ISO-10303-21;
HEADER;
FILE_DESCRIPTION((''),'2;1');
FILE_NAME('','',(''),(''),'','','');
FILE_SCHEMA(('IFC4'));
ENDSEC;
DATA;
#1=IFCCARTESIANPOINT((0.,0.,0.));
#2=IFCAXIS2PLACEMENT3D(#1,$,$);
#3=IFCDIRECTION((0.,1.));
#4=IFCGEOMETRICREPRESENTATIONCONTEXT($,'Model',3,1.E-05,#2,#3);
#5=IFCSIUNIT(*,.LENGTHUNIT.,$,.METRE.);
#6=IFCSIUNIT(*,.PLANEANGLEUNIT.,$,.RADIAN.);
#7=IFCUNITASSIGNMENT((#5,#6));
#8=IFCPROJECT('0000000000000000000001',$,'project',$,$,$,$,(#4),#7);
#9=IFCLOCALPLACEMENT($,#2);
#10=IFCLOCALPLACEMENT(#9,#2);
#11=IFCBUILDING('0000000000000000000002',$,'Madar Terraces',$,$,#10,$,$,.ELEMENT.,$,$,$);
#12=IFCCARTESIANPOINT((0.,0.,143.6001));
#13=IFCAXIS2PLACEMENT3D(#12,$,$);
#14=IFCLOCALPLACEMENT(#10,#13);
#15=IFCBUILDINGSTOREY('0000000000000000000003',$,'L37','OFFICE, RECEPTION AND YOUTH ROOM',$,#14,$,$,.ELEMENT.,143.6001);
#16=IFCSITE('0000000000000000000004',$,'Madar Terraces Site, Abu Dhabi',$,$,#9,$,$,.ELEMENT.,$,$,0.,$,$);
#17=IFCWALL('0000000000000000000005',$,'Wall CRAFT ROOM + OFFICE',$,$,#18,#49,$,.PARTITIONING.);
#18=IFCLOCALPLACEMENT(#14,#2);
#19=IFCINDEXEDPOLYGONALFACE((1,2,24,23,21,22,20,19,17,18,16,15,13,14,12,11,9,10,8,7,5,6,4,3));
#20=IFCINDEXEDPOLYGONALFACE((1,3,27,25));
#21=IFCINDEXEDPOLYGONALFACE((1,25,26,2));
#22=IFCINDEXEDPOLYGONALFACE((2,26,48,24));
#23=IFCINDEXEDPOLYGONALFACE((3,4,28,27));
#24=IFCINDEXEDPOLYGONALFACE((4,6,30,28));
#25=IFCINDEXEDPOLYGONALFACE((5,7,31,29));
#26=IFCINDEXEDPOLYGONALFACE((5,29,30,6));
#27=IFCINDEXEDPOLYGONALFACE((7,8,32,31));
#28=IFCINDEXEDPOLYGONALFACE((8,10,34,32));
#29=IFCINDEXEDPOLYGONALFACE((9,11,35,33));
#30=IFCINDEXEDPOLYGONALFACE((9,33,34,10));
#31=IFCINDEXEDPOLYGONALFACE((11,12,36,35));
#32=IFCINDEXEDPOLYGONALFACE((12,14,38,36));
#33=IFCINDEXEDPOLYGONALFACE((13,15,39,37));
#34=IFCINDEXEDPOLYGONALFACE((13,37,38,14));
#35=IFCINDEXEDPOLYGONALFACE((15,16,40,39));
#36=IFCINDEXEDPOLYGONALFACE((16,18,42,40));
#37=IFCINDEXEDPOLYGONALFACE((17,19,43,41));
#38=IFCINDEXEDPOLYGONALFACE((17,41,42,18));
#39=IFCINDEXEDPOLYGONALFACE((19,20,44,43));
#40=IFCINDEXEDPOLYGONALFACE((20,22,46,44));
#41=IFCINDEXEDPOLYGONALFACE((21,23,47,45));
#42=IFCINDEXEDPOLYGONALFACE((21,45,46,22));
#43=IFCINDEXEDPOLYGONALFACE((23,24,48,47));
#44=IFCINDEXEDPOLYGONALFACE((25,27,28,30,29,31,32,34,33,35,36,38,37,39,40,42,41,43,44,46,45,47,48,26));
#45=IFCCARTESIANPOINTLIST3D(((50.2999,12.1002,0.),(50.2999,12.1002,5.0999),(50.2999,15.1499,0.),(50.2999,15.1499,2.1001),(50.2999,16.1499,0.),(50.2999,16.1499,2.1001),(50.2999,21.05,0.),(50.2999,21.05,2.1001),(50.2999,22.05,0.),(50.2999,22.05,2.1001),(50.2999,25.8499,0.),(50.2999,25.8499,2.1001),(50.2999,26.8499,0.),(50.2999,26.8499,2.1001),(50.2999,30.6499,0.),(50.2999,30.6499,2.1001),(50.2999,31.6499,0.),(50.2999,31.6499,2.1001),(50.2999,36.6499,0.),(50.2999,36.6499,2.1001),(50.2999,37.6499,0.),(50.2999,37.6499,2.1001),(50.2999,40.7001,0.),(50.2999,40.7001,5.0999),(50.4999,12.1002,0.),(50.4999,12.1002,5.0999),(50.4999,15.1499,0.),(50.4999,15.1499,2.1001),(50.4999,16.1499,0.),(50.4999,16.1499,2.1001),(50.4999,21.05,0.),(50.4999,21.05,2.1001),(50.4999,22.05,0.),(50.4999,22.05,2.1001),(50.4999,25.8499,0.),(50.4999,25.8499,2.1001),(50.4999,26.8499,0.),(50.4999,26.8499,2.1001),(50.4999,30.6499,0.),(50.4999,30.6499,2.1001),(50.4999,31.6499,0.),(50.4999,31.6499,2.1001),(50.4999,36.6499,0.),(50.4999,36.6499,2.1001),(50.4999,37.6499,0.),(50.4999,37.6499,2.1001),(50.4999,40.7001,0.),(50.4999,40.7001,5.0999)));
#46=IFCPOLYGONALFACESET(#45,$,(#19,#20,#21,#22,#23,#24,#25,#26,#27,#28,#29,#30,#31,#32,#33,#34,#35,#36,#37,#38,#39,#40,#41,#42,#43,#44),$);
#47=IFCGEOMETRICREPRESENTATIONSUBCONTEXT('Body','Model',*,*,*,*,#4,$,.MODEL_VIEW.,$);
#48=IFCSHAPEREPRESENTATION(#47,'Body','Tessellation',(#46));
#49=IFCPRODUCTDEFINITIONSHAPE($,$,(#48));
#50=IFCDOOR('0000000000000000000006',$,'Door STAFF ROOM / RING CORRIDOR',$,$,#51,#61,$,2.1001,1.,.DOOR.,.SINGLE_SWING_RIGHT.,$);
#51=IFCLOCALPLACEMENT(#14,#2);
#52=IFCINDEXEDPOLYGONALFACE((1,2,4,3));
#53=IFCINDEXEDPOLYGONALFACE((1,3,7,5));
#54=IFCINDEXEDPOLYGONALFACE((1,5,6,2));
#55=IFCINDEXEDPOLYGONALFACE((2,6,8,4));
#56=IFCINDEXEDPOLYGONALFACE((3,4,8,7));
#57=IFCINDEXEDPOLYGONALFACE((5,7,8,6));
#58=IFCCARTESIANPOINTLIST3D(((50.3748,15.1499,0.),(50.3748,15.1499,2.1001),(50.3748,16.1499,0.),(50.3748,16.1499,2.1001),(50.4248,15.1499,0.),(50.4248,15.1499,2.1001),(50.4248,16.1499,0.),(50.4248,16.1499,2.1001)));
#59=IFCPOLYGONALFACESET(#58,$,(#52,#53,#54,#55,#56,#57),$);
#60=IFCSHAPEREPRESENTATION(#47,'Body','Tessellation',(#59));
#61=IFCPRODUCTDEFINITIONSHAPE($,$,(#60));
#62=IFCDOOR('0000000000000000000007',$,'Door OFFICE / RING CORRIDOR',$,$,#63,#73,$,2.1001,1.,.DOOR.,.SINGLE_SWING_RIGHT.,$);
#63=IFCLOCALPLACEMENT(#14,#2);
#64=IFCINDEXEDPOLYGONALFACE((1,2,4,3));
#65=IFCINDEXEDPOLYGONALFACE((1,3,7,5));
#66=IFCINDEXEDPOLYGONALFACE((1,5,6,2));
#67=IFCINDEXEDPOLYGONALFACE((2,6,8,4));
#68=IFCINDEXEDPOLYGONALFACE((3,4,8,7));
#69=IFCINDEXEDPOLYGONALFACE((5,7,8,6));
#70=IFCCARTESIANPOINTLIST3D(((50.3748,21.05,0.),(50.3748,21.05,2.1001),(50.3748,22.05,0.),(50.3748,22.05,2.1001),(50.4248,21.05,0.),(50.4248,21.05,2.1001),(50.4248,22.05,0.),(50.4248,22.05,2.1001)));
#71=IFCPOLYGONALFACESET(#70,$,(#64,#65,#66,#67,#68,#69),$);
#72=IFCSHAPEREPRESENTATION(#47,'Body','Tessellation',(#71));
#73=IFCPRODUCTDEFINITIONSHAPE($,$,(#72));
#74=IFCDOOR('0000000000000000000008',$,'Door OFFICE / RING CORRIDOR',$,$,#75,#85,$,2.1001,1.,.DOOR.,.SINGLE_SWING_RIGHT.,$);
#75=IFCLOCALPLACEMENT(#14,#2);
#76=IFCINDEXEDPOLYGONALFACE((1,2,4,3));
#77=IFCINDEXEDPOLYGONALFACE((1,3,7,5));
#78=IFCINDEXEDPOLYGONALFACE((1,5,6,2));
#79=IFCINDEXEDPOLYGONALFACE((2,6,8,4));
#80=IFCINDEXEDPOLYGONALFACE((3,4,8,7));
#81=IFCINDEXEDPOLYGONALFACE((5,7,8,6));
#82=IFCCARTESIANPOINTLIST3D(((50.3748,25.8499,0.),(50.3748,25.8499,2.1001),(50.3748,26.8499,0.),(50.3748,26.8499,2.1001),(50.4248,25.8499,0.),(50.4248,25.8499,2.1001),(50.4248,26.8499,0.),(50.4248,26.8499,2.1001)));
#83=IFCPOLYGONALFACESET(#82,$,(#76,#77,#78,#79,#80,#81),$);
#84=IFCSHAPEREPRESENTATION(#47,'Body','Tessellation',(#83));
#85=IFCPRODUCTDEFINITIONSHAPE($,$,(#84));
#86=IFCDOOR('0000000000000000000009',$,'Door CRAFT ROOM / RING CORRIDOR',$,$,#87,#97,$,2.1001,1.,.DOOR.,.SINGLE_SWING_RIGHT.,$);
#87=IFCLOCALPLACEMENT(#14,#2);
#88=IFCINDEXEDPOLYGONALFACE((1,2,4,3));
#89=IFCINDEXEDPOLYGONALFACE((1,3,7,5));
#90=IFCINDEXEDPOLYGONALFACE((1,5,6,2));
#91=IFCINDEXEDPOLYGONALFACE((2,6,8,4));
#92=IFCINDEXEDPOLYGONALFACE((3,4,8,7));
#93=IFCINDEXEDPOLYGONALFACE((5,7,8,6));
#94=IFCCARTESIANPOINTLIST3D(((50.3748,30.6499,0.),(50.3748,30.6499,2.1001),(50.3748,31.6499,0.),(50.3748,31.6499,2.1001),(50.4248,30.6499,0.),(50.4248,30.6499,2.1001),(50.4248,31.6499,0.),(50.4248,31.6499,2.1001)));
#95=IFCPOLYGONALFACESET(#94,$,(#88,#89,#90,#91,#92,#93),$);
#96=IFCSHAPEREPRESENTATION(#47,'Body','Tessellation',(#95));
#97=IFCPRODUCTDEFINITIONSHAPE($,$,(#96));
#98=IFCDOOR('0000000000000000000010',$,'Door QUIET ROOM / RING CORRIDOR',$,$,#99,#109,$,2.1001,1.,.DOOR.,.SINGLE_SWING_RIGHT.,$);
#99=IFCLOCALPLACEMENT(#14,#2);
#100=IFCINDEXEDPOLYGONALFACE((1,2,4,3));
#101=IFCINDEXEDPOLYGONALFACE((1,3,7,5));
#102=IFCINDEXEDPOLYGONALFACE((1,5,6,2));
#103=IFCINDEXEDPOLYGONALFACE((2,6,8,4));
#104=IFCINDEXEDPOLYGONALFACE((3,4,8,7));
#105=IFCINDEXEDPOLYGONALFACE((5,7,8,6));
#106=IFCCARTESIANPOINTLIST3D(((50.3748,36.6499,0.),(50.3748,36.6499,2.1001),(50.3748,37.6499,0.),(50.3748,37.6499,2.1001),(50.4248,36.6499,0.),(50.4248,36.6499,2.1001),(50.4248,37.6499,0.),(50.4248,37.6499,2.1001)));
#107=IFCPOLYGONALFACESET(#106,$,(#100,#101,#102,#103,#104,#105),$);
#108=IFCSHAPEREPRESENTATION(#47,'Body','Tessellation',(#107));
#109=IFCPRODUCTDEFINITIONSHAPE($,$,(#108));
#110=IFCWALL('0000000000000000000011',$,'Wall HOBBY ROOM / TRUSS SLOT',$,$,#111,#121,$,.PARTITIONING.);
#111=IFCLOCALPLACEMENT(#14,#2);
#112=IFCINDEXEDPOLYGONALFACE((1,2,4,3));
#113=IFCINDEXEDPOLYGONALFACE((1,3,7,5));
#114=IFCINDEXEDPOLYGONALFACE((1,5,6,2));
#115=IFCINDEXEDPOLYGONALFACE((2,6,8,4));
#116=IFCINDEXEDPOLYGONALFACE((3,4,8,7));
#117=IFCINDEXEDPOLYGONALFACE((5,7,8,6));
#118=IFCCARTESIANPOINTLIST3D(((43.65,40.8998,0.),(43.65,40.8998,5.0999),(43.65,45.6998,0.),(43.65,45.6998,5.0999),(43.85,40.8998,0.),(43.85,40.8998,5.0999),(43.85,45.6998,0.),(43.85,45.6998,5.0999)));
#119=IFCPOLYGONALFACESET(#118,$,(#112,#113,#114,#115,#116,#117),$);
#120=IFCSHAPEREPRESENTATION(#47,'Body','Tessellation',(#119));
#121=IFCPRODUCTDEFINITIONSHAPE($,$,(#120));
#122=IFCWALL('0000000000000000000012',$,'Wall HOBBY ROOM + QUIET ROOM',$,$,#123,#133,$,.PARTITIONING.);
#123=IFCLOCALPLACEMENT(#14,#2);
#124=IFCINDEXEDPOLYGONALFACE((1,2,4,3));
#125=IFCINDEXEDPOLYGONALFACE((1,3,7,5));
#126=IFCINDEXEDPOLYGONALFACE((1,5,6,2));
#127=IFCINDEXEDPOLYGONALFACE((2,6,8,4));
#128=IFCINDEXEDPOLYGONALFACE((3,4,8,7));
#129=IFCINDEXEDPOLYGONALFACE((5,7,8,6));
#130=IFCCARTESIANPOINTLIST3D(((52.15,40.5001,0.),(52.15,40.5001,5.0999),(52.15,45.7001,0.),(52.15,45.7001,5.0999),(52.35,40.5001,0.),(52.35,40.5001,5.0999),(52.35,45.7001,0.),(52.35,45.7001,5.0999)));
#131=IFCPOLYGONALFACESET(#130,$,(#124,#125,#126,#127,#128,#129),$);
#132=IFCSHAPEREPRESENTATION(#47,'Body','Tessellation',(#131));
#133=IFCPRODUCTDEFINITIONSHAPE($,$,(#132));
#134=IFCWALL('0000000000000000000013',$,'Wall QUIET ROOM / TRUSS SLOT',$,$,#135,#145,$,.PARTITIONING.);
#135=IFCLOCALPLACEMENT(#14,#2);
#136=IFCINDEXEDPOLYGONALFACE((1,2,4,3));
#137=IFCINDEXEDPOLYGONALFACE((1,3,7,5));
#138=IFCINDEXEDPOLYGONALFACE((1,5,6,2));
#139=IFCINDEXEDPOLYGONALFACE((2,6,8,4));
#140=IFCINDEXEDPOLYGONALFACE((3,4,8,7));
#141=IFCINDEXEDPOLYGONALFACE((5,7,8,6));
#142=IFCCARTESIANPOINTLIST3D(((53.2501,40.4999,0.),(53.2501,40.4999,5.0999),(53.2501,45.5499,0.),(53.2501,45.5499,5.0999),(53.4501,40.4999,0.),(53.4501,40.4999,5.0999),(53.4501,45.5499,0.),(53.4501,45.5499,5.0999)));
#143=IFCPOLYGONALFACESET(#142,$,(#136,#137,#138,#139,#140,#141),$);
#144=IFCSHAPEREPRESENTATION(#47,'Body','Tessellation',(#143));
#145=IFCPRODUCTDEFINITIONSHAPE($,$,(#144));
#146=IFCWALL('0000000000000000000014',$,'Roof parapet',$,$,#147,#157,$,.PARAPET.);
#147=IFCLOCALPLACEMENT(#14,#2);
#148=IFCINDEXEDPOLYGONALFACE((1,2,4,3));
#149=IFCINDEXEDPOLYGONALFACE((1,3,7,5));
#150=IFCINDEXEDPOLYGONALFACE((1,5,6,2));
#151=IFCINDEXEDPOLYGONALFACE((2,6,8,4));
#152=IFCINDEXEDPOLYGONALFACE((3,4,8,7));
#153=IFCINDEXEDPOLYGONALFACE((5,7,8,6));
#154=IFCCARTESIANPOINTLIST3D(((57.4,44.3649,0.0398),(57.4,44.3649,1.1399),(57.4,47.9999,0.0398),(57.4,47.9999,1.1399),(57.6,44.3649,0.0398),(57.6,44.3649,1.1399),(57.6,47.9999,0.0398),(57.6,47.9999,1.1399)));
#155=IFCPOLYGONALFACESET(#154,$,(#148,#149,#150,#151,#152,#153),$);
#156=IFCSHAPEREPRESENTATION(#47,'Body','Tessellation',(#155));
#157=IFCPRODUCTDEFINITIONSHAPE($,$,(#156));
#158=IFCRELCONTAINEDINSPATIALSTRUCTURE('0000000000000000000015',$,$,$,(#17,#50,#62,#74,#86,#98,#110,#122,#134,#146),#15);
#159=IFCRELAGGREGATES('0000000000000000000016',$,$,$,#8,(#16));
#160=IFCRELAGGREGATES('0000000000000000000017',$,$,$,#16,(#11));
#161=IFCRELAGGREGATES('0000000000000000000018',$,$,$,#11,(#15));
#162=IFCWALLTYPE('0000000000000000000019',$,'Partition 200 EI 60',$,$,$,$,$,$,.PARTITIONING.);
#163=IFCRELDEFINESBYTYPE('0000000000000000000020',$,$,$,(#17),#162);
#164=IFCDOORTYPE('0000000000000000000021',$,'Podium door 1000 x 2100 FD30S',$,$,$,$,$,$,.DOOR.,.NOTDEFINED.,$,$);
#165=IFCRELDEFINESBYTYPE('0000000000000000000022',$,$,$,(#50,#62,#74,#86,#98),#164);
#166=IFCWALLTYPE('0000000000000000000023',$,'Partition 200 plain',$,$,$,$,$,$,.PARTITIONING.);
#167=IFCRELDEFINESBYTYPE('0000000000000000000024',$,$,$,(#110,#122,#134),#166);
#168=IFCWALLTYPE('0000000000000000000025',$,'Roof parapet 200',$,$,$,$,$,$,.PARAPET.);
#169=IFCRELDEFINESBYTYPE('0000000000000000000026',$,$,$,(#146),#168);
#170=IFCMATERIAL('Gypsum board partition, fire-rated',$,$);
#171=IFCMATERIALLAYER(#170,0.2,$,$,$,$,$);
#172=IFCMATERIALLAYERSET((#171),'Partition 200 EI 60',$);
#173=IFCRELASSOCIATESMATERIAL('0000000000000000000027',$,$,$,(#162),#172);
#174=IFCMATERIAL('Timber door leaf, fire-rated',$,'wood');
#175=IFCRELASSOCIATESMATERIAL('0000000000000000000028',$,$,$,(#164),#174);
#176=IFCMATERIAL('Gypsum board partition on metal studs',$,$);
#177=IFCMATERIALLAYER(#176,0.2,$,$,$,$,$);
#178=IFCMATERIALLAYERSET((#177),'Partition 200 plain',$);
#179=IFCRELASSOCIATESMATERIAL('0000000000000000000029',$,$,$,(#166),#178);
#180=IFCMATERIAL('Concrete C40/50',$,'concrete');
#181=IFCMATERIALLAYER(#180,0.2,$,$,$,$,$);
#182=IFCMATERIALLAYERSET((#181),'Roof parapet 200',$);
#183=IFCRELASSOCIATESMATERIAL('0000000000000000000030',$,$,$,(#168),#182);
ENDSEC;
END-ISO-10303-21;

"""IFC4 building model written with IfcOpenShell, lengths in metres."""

from ifc_helpers import new_model, si_unit, direction, frame, frame_2d, origin, place, context, subcontext, project, spatial, rectangle, extrude, material, layer, layer_set, type_object, element, fill, save


model = new_model("IFC4")

# Units and contexts
model_context = context("Model", 3, precision=1e-05, world=origin(), true_north=direction((0.0, 1.0)))
body_context = subcontext(model_context, "Body", "Model", "MODEL_VIEW")
ifc_project = project(units=[si_unit("LENGTHUNIT", "METRE"), si_unit("PLANEANGLEUNIT", "RADIAN")], contexts=[model_context])

# Site, building, storey
site_placement = place(None, origin())
site = spatial("IfcSite", under=ifc_project, at=site_placement, Name="Madar Terraces Site, Abu Dhabi", CompositionType="ELEMENT", RefElevation=0.0)
building_placement = place(site_placement, origin())
building = spatial("IfcBuilding", under=site, at=building_placement, Name="Madar Terraces", CompositionType="ELEMENT")
storey_placement = place(building_placement, frame((0.0, 0.0, 143.6001)))
storey = spatial("IfcBuildingStorey", under=building, at=storey_placement, Name="L37", Description="OFFICE, RECEPTION AND YOUTH ROOM", CompositionType="ELEMENT", Elevation=143.6001)

# Shared definitions
ifc_material_1 = material(Name="Gypsum board partition, fire-rated")
ifc_layer_1 = layer(ifc_material_1, 0.2)
ifc_layer_set_1 = layer_set([ifc_layer_1], Name="Partition 200 EI 60")
wall_type_1 = type_object("IfcWallType", Name="Partition 200 EI 60", PredefinedType="PARTITIONING", material=ifc_layer_set_1)

# Shared definitions
ifc_material_2 = material(Name="Timber door leaf, fire-rated", Category="wood")
door_type = type_object("IfcDoorType", Name="Podium door 1000 x 2100 FD30S", OperationType="NOTDEFINED", PredefinedType="DOOR", material=ifc_material_2)

# Wall, openings, doors
wall_1_placement = place(storey_placement, frame((50.3999, 40.7, 0.0), z_axis=(0.0, 0.0, 1.0), x_axis=(0.0, -1.0, 0.0)))
wall_1 = element("IfcWall", 1, at=wall_1_placement, inside=storey, type_object=wall_type_1, Name="Wall CRAFT ROOM + OFFICE", PredefinedType="PARTITIONING", context=body_context, shape_type="SweptSolid", body=[
    extrude(rectangle(XDim=28.5999, YDim=0.2, at=frame_2d((14.2998, 0.0))), origin(), (0.0, 0.0, 1.0), 5.0999),
])
opening_1_placement = place(wall_1_placement, frame((24.55, 0.0, 0.0)))
opening_1 = element("IfcOpeningElement", 2, at=opening_1_placement, cuts=wall_1, PredefinedType="OPENING", context=body_context, shape_type="SweptSolid", body=[
    extrude(rectangle(XDim=1.0, YDim=2.1001, at=frame_2d((0.5, 1.05))), frame((0.0, 0.1099, 0.0), z_axis=(0.0, -1.0, 0.0), x_axis=(1.0, 0.0, 0.0)), (0.0, 0.0, 1.0), 0.22),
])
opening_2_placement = place(wall_1_placement, frame((18.6499, 0.0, 0.0)))
opening_2 = element("IfcOpeningElement", 3, at=opening_2_placement, cuts=wall_1, PredefinedType="OPENING", context=body_context, shape_type="SweptSolid", body=[
    extrude(rectangle(XDim=1.0, YDim=2.1001, at=frame_2d((0.5, 1.05))), frame((0.0, 0.1099, 0.0), z_axis=(0.0, -1.0, 0.0), x_axis=(1.0, 0.0, 0.0)), (0.0, 0.0, 1.0), 0.22),
])
opening_3_placement = place(wall_1_placement, frame((13.8501, 0.0, 0.0)))
opening_3 = element("IfcOpeningElement", 4, at=opening_3_placement, cuts=wall_1, PredefinedType="OPENING", context=body_context, shape_type="SweptSolid", body=[
    extrude(rectangle(XDim=1.0, YDim=2.1001, at=frame_2d((0.5, 1.05))), frame((0.0, 0.1099, 0.0), z_axis=(0.0, -1.0, 0.0), x_axis=(1.0, 0.0, 0.0)), (0.0, 0.0, 1.0), 0.22),
])
opening_4_placement = place(wall_1_placement, frame((9.05, 0.0, 0.0)))
opening_4 = element("IfcOpeningElement", 5, at=opening_4_placement, cuts=wall_1, PredefinedType="OPENING", context=body_context, shape_type="SweptSolid", body=[
    extrude(rectangle(XDim=1.0, YDim=2.1001, at=frame_2d((0.5, 1.05))), frame((0.0, 0.1099, 0.0), z_axis=(0.0, -1.0, 0.0), x_axis=(1.0, 0.0, 0.0)), (0.0, 0.0, 1.0), 0.22),
])
opening_5_placement = place(wall_1_placement, frame((3.05, 0.0, 0.0)))
opening_5 = element("IfcOpeningElement", 6, at=opening_5_placement, cuts=wall_1, PredefinedType="OPENING", context=body_context, shape_type="SweptSolid", body=[
    extrude(rectangle(XDim=1.0, YDim=2.1001, at=frame_2d((0.5, 1.05))), frame((0.0, 0.1099, 0.0), z_axis=(0.0, -1.0, 0.0), x_axis=(1.0, 0.0, 0.0)), (0.0, 0.0, 1.0), 0.22),
])
door_1_placement = place(opening_1_placement, origin())
door_1 = element("IfcDoor", 7, at=door_1_placement, inside=storey, type_object=door_type, Name="Door STAFF ROOM / RING CORRIDOR", OperationType="SINGLE_SWING_RIGHT", OverallHeight=2.1001, OverallWidth=1.0, PredefinedType="DOOR", context=body_context, shape_type="SweptSolid", body=[
    extrude(rectangle(XDim=1.0, YDim=2.1001, at=frame_2d((0.5, 1.05))), frame((0.0, 0.0249, 0.0), z_axis=(0.0, -1.0, 0.0), x_axis=(1.0, 0.0, 0.0)), (0.0, 0.0, 1.0), 0.05),
])
fill(opening_1, door_1)
door_2_placement = place(opening_2_placement, origin())
door_2 = element("IfcDoor", 8, at=door_2_placement, inside=storey, type_object=door_type, Name="Door OFFICE / RING CORRIDOR", OperationType="SINGLE_SWING_RIGHT", OverallHeight=2.1001, OverallWidth=1.0, PredefinedType="DOOR", context=body_context, shape_type="SweptSolid", body=[
    extrude(rectangle(XDim=1.0, YDim=2.1001, at=frame_2d((0.5, 1.05))), frame((0.0, 0.0249, 0.0), z_axis=(0.0, -1.0, 0.0), x_axis=(1.0, 0.0, 0.0)), (0.0, 0.0, 1.0), 0.05),
])
fill(opening_2, door_2)
door_3_placement = place(opening_3_placement, origin())
door_3 = element("IfcDoor", 9, at=door_3_placement, inside=storey, type_object=door_type, Name="Door OFFICE / RING CORRIDOR", OperationType="SINGLE_SWING_RIGHT", OverallHeight=2.1001, OverallWidth=1.0, PredefinedType="DOOR", context=body_context, shape_type="SweptSolid", body=[
    extrude(rectangle(XDim=1.0, YDim=2.1001, at=frame_2d((0.5, 1.05))), frame((0.0, 0.0249, 0.0), z_axis=(0.0, -1.0, 0.0), x_axis=(1.0, 0.0, 0.0)), (0.0, 0.0, 1.0), 0.05),
])
fill(opening_3, door_3)
door_4_placement = place(opening_4_placement, origin())
door_4 = element("IfcDoor", 10, at=door_4_placement, inside=storey, type_object=door_type, Name="Door CRAFT ROOM / RING CORRIDOR", OperationType="SINGLE_SWING_RIGHT", OverallHeight=2.1001, OverallWidth=1.0, PredefinedType="DOOR", context=body_context, shape_type="SweptSolid", body=[
    extrude(rectangle(XDim=1.0, YDim=2.1001, at=frame_2d((0.5, 1.05))), frame((0.0, 0.0249, 0.0), z_axis=(0.0, -1.0, 0.0), x_axis=(1.0, 0.0, 0.0)), (0.0, 0.0, 1.0), 0.05),
])
fill(opening_4, door_4)
door_5_placement = place(opening_5_placement, origin())
door_5 = element("IfcDoor", 11, at=door_5_placement, inside=storey, type_object=door_type, Name="Door QUIET ROOM / RING CORRIDOR", OperationType="SINGLE_SWING_RIGHT", OverallHeight=2.1001, OverallWidth=1.0, PredefinedType="DOOR", context=body_context, shape_type="SweptSolid", body=[
    extrude(rectangle(XDim=1.0, YDim=2.1001, at=frame_2d((0.5, 1.05))), frame((0.0, 0.0249, 0.0), z_axis=(0.0, -1.0, 0.0), x_axis=(1.0, 0.0, 0.0)), (0.0, 0.0, 1.0), 0.05),
])
fill(opening_5, door_5)

# Walls
ifc_material_3 = material(Name="Gypsum board partition on metal studs")
ifc_layer_2 = layer(ifc_material_3, 0.2)
ifc_layer_set_2 = layer_set([ifc_layer_2], Name="Partition 200 plain")
wall_type_2 = type_object("IfcWallType", Name="Partition 200 plain", PredefinedType="PARTITIONING", material=ifc_layer_set_2)
wall_2_placement = place(storey_placement, frame((43.75, 40.8999, 0.0), z_axis=(0.0, 0.0, 1.0), x_axis=(0.0, 1.0, 0.0)))
element("IfcWall", 12, at=wall_2_placement, inside=storey, type_object=wall_type_2, Name="Wall HOBBY ROOM / TRUSS SLOT", PredefinedType="PARTITIONING", context=body_context, shape_type="SweptSolid", body=[
    extrude(rectangle(XDim=4.8, YDim=0.2, at=frame_2d((2.3999, 0.0))), origin(), (0.0, 0.0, 1.0), 5.0999),
])
wall_3_placement = place(storey_placement, frame((52.25, 40.5, 0.0), z_axis=(0.0, 0.0, 1.0), x_axis=(0.0, 1.0, 0.0)))
element("IfcWall", 13, at=wall_3_placement, inside=storey, type_object=wall_type_2, Name="Wall HOBBY ROOM + QUIET ROOM", PredefinedType="PARTITIONING", context=body_context, shape_type="SweptSolid", body=[
    extrude(rectangle(XDim=5.2, YDim=0.2, at=frame_2d((2.6001, 0.0))), origin(), (0.0, 0.0, 1.0), 5.0999),
])
wall_4_placement = place(storey_placement, frame((53.3501, 40.5, 0.0), z_axis=(0.0, 0.0, 1.0), x_axis=(0.0, 1.0, 0.0)))
element("IfcWall", 14, at=wall_4_placement, inside=storey, type_object=wall_type_2, Name="Wall QUIET ROOM / TRUSS SLOT", PredefinedType="PARTITIONING", context=body_context, shape_type="SweptSolid", body=[
    extrude(rectangle(XDim=5.05, YDim=0.2, at=frame_2d((2.5249, 0.0))), origin(), (0.0, 0.0, 1.0), 5.0999),
])
ifc_material_4 = material(Name="Concrete C40/50", Category="concrete")
ifc_layer_3 = layer(ifc_material_4, 0.2)
ifc_layer_set_3 = layer_set([ifc_layer_3], Name="Roof parapet 200")
wall_type_3 = type_object("IfcWallType", Name="Roof parapet 200", PredefinedType="PARAPET", material=ifc_layer_set_3)
wall_5_placement = place(storey_placement, frame((57.5, 44.365, 0.0398), z_axis=(0.0, 0.0, 1.0), x_axis=(0.0, 1.0, 0.0)))
element("IfcWall", 15, at=wall_5_placement, inside=storey, type_object=wall_type_3, Name="Roof parapet", PredefinedType="PARAPET", context=body_context, shape_type="SweptSolid", body=[
    extrude(rectangle(XDim=3.635, YDim=0.2, at=frame_2d((1.8174, 0.0))), origin(), (0.0, 0.0, 1.0), 1.1001),
])

save(model, "model.ifc")
